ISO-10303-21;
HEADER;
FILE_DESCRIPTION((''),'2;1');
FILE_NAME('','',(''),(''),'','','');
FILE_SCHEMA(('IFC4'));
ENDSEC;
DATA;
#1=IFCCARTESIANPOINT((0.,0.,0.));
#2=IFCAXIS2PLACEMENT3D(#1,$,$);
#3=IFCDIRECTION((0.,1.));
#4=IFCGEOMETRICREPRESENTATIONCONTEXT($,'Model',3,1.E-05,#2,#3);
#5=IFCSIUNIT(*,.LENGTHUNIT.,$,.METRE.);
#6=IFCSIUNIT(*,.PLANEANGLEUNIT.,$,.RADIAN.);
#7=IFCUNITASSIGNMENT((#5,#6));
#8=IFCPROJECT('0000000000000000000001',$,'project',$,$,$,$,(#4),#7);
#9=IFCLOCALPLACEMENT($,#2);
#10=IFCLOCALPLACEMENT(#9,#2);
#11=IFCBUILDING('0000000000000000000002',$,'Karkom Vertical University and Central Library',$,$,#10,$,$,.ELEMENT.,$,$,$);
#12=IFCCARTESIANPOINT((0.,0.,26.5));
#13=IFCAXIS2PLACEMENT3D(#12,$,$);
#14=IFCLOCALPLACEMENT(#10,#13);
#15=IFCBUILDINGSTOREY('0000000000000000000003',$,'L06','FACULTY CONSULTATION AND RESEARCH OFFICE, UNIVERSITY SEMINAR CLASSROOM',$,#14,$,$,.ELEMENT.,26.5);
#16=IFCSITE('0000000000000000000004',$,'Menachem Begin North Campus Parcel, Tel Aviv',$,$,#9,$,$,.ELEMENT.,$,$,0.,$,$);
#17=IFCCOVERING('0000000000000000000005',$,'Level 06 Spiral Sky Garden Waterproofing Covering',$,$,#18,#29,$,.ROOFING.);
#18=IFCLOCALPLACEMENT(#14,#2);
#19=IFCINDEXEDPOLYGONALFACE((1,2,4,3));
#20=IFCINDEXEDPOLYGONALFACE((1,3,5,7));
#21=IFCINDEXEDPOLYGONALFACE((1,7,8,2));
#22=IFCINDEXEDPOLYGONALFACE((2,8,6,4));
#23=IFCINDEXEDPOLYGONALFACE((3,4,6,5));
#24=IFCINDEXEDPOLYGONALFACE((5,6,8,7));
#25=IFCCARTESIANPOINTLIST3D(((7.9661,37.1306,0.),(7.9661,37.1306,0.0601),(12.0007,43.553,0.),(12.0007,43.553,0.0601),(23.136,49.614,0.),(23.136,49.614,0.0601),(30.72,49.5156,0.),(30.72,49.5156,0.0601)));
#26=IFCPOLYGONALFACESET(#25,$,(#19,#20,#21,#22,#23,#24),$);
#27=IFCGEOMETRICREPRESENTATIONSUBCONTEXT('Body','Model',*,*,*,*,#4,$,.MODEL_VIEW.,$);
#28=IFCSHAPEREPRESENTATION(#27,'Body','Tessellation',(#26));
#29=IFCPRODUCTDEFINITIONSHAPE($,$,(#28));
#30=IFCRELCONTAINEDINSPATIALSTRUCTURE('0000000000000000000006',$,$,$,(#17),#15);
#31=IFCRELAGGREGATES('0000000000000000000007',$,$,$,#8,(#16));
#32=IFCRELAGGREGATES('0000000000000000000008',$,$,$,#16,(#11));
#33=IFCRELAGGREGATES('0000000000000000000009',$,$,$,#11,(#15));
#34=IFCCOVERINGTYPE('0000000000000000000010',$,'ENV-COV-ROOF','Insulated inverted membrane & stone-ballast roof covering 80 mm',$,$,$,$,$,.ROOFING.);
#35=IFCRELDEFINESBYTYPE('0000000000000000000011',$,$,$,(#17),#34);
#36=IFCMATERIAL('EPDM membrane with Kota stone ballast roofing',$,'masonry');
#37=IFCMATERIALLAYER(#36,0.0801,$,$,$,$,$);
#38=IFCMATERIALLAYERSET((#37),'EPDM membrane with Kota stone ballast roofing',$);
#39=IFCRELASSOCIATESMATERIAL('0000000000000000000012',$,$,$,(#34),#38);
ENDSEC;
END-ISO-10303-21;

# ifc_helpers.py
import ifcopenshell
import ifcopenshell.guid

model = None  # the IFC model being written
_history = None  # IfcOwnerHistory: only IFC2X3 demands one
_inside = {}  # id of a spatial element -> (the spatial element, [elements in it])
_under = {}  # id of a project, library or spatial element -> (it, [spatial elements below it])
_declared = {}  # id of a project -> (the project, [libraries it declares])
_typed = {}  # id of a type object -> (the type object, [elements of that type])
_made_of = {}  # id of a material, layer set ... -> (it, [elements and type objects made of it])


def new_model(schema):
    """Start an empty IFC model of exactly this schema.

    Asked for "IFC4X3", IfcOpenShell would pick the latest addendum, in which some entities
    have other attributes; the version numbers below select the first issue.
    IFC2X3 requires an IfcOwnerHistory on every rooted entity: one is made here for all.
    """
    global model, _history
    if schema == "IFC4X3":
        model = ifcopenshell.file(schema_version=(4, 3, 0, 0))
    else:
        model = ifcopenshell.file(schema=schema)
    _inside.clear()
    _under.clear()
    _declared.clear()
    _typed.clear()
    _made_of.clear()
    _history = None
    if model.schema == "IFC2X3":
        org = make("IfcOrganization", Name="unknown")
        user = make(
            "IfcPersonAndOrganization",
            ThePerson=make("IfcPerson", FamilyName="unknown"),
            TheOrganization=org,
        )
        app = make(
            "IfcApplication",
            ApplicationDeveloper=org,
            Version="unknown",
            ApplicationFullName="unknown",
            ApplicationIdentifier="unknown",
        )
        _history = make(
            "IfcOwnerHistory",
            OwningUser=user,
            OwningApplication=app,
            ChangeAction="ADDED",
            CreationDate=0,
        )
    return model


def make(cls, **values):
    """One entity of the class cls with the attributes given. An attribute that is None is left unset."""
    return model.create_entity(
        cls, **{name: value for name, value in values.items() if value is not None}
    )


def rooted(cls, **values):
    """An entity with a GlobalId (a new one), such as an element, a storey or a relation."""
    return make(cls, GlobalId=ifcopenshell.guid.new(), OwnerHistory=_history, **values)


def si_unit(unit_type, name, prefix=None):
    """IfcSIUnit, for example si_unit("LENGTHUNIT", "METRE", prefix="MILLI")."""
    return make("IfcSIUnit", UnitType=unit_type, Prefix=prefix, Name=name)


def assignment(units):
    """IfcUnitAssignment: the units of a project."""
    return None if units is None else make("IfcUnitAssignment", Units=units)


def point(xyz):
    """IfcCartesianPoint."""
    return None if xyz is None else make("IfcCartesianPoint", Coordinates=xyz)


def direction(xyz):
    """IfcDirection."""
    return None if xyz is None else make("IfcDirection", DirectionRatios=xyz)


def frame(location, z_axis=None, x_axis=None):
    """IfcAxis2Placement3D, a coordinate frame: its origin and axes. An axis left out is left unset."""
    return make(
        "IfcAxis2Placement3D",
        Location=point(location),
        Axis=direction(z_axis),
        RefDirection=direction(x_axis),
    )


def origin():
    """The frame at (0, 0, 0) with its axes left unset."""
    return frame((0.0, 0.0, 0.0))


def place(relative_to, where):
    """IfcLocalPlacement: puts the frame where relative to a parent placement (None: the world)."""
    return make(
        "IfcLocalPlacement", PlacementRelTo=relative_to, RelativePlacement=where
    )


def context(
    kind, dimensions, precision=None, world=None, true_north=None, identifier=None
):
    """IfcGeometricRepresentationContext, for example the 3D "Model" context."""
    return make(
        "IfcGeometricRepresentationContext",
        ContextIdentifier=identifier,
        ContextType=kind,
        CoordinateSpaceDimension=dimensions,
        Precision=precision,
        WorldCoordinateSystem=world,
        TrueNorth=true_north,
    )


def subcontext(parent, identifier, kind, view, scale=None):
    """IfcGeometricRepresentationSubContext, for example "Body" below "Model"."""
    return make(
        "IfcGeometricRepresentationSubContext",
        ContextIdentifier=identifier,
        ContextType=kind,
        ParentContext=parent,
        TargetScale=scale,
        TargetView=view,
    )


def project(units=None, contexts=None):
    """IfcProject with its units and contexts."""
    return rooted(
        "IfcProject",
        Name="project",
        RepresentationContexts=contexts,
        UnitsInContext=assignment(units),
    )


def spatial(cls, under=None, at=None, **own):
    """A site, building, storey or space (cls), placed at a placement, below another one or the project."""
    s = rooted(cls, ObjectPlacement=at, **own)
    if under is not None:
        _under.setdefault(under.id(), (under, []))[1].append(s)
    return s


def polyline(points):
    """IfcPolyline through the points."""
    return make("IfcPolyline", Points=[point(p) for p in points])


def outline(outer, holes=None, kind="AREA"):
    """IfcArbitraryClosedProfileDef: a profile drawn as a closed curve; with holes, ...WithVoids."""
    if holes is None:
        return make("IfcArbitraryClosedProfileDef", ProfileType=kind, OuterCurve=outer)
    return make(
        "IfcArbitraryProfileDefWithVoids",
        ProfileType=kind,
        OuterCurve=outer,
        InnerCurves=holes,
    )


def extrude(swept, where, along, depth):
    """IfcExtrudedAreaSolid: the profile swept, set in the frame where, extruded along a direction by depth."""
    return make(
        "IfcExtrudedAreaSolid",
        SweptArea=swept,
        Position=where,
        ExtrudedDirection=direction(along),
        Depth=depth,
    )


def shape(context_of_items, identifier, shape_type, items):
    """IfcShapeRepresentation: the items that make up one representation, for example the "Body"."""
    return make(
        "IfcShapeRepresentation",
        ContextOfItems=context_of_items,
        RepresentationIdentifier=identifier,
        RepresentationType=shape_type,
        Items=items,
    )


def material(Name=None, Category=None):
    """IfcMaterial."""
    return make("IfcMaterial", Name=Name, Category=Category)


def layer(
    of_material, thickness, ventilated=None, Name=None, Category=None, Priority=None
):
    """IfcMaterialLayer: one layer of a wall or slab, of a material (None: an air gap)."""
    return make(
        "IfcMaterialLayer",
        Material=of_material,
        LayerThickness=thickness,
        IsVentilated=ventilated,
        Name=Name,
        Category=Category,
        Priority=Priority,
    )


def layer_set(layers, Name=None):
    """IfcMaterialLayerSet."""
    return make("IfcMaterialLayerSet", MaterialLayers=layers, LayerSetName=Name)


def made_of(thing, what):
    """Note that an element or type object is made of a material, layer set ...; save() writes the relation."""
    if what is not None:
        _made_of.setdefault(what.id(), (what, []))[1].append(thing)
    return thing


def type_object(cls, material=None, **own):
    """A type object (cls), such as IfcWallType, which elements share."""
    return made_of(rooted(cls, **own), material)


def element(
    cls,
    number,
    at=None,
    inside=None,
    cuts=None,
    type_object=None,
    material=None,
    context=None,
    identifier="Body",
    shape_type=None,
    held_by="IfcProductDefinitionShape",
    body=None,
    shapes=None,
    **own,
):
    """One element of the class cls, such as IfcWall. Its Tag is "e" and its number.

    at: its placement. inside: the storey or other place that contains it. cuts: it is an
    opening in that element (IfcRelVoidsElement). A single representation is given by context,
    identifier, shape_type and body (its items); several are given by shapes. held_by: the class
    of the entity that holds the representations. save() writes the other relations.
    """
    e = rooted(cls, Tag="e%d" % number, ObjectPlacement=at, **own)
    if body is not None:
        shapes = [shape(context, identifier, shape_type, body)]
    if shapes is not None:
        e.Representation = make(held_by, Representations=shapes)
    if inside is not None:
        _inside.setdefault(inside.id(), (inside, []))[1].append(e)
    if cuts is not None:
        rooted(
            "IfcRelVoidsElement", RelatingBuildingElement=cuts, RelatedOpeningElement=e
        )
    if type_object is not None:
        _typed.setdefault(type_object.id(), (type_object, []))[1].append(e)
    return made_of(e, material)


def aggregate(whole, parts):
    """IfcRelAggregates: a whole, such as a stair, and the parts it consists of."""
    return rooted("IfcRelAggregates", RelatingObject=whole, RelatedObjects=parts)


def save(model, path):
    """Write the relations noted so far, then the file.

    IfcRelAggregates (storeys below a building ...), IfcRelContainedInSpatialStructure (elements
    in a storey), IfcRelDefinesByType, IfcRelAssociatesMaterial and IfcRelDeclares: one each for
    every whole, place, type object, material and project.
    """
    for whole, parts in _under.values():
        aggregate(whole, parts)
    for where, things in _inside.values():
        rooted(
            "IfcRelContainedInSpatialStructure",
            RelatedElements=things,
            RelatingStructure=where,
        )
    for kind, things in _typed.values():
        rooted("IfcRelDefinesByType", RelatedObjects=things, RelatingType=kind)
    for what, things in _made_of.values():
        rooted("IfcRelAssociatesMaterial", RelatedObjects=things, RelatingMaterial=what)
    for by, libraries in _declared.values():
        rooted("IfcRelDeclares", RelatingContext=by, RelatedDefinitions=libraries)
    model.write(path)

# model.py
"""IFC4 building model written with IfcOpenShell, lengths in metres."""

from ifc_helpers import new_model, si_unit, direction, frame, origin, place, context, subcontext, project, spatial, polyline, outline, extrude, material, layer, layer_set, type_object, element, save


model = new_model("IFC4")

# Units and contexts
model_context = context("Model", 3, precision=1e-05, world=origin(), true_north=direction((0.0, 1.0)))
body_context = subcontext(model_context, "Body", "Model", "MODEL_VIEW")
ifc_project = project(units=[si_unit("LENGTHUNIT", "METRE"), si_unit("PLANEANGLEUNIT", "RADIAN")], contexts=[model_context])

# Site, building, storey
site_placement = place(None, origin())
site = spatial("IfcSite", under=ifc_project, at=site_placement, Name="Menachem Begin North Campus Parcel, Tel Aviv", CompositionType="ELEMENT", RefElevation=0.0)
building_placement = place(site_placement, origin())
building = spatial("IfcBuilding", under=site, at=building_placement, Name="Karkom Vertical University and Central Library", CompositionType="ELEMENT")
storey_placement = place(building_placement, frame((0.0, 0.0, 26.5)))
storey = spatial("IfcBuildingStorey", under=building, at=storey_placement, Name="L06", Description="FACULTY CONSULTATION AND RESEARCH OFFICE, UNIVERSITY SEMINAR CLASSROOM", CompositionType="ELEMENT", Elevation=26.5)

# Covering
ifc_material_1 = material(Name="EPDM membrane with Kota stone ballast roofing", Category="masonry")
ifc_layer_1 = layer(ifc_material_1, 0.0801)
ifc_layer_set_1 = layer_set([ifc_layer_1], Name="EPDM membrane with Kota stone ballast roofing")
covering_type = type_object("IfcCoveringType", Name="ENV-COV-ROOF", Description="Insulated inverted membrane & stone-ballast roof covering 80 mm", PredefinedType="ROOFING", material=ifc_layer_set_1)
covering_placement = place(storey_placement, origin())
element("IfcCovering", 1, at=covering_placement, inside=storey, type_object=covering_type, Name="Level 06 Spiral Sky Garden Waterproofing Covering", PredefinedType="ROOFING", context=body_context, shape_type="SweptSolid", body=[
    extrude(outline(polyline([(12.0007, 43.553), (23.136, 49.614), (30.72, 49.5156), (7.9661, 37.1306), (12.0007, 43.553)])), origin(), (0.0, 0.0, 1.0), 0.0601),
])

save(model, "model.ifc")
